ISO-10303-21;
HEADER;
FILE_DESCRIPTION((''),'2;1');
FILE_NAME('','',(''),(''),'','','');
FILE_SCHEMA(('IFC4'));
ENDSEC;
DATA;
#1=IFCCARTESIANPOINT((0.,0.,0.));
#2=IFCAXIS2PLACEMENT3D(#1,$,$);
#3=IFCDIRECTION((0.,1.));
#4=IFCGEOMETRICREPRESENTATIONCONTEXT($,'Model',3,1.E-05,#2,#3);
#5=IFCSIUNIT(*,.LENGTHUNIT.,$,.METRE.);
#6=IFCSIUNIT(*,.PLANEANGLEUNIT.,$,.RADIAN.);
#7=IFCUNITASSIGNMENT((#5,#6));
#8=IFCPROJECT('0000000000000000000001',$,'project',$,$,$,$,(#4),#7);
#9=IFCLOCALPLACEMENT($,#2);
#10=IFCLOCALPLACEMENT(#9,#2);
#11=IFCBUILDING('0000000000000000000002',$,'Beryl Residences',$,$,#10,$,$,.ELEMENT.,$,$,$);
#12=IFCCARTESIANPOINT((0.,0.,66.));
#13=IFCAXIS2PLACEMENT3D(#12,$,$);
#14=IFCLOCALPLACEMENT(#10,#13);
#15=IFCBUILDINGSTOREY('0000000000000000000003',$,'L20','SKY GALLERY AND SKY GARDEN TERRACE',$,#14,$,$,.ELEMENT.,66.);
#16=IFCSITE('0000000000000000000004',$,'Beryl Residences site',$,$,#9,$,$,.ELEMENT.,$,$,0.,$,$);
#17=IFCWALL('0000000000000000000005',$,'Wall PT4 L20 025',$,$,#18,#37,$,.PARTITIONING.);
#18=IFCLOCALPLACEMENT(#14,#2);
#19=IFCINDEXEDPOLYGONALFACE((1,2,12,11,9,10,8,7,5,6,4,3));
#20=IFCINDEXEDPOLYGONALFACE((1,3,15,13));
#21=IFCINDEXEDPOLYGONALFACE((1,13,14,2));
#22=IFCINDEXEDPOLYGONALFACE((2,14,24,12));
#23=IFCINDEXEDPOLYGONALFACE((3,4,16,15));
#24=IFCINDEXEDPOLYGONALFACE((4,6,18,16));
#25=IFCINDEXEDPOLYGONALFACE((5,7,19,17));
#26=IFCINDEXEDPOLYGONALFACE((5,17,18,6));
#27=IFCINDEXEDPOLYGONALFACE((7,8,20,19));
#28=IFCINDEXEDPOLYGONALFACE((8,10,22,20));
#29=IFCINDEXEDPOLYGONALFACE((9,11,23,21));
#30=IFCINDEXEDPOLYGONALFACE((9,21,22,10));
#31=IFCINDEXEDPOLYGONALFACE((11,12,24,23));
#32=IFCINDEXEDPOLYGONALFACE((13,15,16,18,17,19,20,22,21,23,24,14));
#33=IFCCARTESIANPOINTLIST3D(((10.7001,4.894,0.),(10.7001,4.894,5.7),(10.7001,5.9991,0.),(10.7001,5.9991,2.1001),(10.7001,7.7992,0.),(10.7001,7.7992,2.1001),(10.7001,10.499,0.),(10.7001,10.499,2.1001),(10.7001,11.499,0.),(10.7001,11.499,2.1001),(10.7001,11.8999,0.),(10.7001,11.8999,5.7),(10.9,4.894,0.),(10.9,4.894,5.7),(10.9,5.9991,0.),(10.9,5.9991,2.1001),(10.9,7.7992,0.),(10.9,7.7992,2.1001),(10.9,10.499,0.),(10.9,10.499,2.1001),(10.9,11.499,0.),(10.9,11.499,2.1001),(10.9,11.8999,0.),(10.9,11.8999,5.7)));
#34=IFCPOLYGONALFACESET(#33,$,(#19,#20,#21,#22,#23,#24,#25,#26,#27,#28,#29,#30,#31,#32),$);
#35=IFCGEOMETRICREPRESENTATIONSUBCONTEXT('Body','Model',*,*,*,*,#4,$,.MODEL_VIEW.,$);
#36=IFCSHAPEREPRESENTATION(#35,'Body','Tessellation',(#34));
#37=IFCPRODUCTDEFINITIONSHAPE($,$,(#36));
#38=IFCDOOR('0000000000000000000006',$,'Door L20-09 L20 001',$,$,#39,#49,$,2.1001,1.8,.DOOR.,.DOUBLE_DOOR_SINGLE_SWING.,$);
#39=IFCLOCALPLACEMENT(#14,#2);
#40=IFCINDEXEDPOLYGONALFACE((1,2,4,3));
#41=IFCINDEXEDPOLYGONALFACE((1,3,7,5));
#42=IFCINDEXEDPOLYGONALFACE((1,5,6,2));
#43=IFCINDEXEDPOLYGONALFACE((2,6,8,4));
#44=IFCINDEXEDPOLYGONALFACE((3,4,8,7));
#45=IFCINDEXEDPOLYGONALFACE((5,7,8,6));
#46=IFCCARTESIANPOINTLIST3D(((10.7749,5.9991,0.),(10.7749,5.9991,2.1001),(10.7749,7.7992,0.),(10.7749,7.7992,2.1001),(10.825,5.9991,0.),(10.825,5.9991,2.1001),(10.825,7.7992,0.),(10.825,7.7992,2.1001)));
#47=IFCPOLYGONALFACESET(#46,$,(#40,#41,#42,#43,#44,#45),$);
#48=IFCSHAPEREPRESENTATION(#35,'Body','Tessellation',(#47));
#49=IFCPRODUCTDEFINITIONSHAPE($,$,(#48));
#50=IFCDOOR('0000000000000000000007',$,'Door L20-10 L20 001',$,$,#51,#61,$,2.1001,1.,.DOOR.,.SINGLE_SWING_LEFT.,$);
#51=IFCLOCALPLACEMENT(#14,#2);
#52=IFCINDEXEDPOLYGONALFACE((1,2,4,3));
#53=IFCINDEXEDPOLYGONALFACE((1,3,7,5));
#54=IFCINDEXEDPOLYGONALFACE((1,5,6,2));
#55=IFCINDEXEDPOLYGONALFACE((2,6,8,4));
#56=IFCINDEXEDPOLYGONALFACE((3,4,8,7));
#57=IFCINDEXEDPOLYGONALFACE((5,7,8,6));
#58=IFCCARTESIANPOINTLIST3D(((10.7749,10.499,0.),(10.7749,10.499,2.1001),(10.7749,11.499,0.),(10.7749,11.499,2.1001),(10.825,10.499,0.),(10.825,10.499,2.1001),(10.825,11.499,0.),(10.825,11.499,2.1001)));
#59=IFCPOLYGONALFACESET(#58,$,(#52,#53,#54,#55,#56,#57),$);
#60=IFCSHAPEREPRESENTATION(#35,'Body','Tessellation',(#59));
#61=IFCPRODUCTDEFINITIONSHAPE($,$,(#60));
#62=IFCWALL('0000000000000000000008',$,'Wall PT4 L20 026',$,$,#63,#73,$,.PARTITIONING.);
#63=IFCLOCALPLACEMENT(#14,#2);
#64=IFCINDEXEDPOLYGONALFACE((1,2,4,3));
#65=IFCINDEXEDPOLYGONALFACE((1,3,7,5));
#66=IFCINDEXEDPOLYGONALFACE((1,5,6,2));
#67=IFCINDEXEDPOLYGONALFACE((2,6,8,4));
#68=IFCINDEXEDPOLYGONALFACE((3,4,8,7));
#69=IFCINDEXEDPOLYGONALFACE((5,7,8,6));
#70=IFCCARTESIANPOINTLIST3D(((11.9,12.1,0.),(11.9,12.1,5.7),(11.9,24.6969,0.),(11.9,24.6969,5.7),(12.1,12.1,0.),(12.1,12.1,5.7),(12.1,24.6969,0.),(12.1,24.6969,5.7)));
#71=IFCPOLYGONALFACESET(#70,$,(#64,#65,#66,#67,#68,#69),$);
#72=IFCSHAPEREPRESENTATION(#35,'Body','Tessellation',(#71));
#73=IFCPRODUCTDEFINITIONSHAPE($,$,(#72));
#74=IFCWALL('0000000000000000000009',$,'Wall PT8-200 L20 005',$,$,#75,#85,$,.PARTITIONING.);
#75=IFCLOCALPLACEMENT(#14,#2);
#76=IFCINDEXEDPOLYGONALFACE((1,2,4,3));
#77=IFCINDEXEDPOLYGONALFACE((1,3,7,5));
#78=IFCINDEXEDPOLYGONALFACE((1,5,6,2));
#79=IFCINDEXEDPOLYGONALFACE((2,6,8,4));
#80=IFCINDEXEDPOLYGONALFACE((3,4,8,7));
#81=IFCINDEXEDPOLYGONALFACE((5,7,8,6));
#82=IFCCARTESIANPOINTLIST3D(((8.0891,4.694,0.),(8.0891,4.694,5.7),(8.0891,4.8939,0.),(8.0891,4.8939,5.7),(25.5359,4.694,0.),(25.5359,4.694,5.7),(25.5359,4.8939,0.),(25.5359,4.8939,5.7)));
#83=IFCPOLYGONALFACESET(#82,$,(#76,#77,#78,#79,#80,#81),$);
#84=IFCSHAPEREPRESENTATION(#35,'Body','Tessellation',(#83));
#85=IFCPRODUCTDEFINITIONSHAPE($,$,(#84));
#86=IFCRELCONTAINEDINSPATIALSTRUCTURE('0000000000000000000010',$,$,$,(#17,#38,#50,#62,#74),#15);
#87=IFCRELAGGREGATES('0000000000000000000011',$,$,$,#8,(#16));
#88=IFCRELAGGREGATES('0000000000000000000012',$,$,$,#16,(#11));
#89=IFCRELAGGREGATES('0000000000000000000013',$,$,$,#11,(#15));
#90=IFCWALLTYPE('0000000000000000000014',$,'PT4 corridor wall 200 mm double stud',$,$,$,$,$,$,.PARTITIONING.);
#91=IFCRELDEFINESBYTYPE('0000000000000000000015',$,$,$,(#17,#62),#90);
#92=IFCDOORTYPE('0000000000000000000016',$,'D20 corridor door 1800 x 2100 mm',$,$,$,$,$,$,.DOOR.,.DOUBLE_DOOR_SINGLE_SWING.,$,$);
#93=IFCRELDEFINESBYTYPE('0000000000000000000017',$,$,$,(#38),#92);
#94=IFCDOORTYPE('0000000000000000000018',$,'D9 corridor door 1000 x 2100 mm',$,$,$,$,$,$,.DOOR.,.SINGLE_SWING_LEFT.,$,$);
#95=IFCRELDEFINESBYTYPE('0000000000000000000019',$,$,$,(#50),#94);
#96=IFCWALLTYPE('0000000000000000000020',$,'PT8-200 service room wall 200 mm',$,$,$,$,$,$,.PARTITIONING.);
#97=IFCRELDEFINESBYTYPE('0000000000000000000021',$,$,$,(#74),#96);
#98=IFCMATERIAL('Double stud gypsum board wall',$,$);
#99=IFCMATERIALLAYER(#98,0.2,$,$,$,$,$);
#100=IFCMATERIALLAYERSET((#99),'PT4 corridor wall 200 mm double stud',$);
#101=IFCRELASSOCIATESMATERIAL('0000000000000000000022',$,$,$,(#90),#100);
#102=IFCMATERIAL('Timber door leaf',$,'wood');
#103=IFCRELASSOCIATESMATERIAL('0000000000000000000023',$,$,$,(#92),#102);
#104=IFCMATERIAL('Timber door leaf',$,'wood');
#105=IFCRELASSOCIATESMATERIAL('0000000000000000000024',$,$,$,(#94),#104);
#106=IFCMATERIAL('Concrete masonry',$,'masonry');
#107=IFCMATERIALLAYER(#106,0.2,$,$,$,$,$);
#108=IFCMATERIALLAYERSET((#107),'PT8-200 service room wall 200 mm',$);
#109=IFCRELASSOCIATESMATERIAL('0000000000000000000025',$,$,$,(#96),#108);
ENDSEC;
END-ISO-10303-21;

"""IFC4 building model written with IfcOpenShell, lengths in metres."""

from ifc_helpers import new_model, si_unit, direction, frame, frame_2d, origin, place, context, subcontext, project, spatial, rectangle, extrude, material, layer, layer_set, type_object, element, fill, save


model = new_model("IFC4")

# Units and contexts
model_context = context("Model", 3, precision=1e-05, world=origin(), true_north=direction((0.0, 1.0)))
body_context = subcontext(model_context, "Body", "Model", "MODEL_VIEW")
ifc_project = project(units=[si_unit("LENGTHUNIT", "METRE"), si_unit("PLANEANGLEUNIT", "RADIAN")], contexts=[model_context])

# Site, building, storey
site_placement = place(None, origin())
site = spatial("IfcSite", under=ifc_project, at=site_placement, Name="Beryl Residences site", CompositionType="ELEMENT", RefElevation=0.0)
building_placement = place(site_placement, origin())
building = spatial("IfcBuilding", under=site, at=building_placement, Name="Beryl Residences", CompositionType="ELEMENT")
storey_placement = place(building_placement, frame((0.0, 0.0, 66.0)))
storey = spatial("IfcBuildingStorey", under=building, at=storey_placement, Name="L20", Description="SKY GALLERY AND SKY GARDEN TERRACE", CompositionType="ELEMENT", Elevation=66.0)

# Shared definitions
ifc_material_1 = material(Name="Double stud gypsum board wall")
ifc_layer_1 = layer(ifc_material_1, 0.2)
ifc_layer_set_1 = layer_set([ifc_layer_1], Name="PT4 corridor wall 200 mm double stud")
wall_type_1 = type_object("IfcWallType", Name="PT4 corridor wall 200 mm double stud", PredefinedType="PARTITIONING", material=ifc_layer_set_1)

# Wall, openings, doors
wall_1_placement = place(storey_placement, frame((10.8, 4.894, 0.0), z_axis=(0.0, 0.0, 1.0), x_axis=(0.0, 1.0, 0.0)))
wall_1 = element("IfcWall", 1, at=wall_1_placement, inside=storey, type_object=wall_type_1, Name="Wall PT4 L20 025", PredefinedType="PARTITIONING", context=body_context, shape_type="SweptSolid", body=[
    extrude(rectangle(XDim=7.0059, YDim=0.2, at=frame_2d((3.5029, 0.0))), origin(), (0.0, 0.0, 1.0), 5.7),
])
opening_1_placement = place(wall_1_placement, frame((2.905, 0.0, 0.0), z_axis=(0.0, 0.0, 1.0), x_axis=(-1.0, 0.0, 0.0)))
opening_1 = element("IfcOpeningElement", 2, at=opening_1_placement, cuts=wall_1, PredefinedType="OPENING", context=body_context, shape_type="SweptSolid", body=[
    extrude(rectangle(XDim=1.8, YDim=2.1001, at=frame_2d((0.8999, 1.05))), frame((0.0, 0.1099, 0.0), z_axis=(0.0, -1.0, 0.0), x_axis=(1.0, 0.0, 0.0)), (0.0, 0.0, 1.0), 0.22),
])
opening_2_placement = place(wall_1_placement, frame((6.605, 0.0, 0.0), z_axis=(0.0, 0.0, 1.0), x_axis=(-1.0, 0.0, 0.0)))
opening_2 = element("IfcOpeningElement", 3, at=opening_2_placement, cuts=wall_1, PredefinedType="OPENING", context=body_context, shape_type="SweptSolid", body=[
    extrude(rectangle(XDim=1.0, YDim=2.1001, at=frame_2d((0.5, 1.05))), frame((0.0, 0.1099, 0.0), z_axis=(0.0, -1.0, 0.0), x_axis=(1.0, 0.0, 0.0)), (0.0, 0.0, 1.0), 0.22),
])
ifc_material_2 = material(Name="Timber door leaf", Category="wood")
door_type_1 = type_object("IfcDoorType", Name="D20 corridor door 1800 x 2100 mm", OperationType="DOUBLE_DOOR_SINGLE_SWING", PredefinedType="DOOR", material=ifc_material_2)
door_1_placement = place(opening_1_placement, origin())
door_1 = element("IfcDoor", 4, at=door_1_placement, inside=storey, type_object=door_type_1, Name="Door L20-09 L20 001", OperationType="DOUBLE_DOOR_SINGLE_SWING", OverallHeight=2.1001, OverallWidth=1.8, PredefinedType="DOOR", context=body_context, shape_type="SweptSolid", body=[
    extrude(rectangle(XDim=1.8, YDim=2.1001, at=frame_2d((0.8999, 1.05))), frame((0.0, 0.0249, 0.0), z_axis=(0.0, -1.0, 0.0), x_axis=(1.0, 0.0, 0.0)), (0.0, 0.0, 1.0), 0.05),
])
fill(opening_1, door_1)
ifc_material_3 = material(Name="Timber door leaf", Category="wood")
door_type_2 = type_object("IfcDoorType", Name="D9 corridor door 1000 x 2100 mm", OperationType="SINGLE_SWING_LEFT", PredefinedType="DOOR", material=ifc_material_3)
door_2_placement = place(opening_2_placement, origin())
door_2 = element("IfcDoor", 5, at=door_2_placement, inside=storey, type_object=door_type_2, Name="Door L20-10 L20 001", OperationType="SINGLE_SWING_LEFT", OverallHeight=2.1001, OverallWidth=1.0, PredefinedType="DOOR", context=body_context, shape_type="SweptSolid", body=[
    extrude(rectangle(XDim=1.0, YDim=2.1001, at=frame_2d((0.5, 1.05))), frame((0.0, 0.0249, 0.0), z_axis=(0.0, -1.0, 0.0), x_axis=(1.0, 0.0, 0.0)), (0.0, 0.0, 1.0), 0.05),
])
fill(opening_2, door_2)

# Walls
wall_2_placement = place(storey_placement, frame((12.0, 12.1001, 0.0), z_axis=(0.0, 0.0, 1.0), x_axis=(0.0, 1.0, 0.0)))
element("IfcWall", 6, at=wall_2_placement, inside=storey, type_object=wall_type_1, Name="Wall PT4 L20 026", PredefinedType="PARTITIONING", context=body_context, shape_type="SweptSolid", body=[
    extrude(rectangle(XDim=12.5969, YDim=0.2, at=frame_2d((6.2983, 0.0))), origin(), (0.0, 0.0, 1.0), 5.7),
])
ifc_material_4 = material(Name="Concrete masonry", Category="masonry")
ifc_layer_2 = layer(ifc_material_4, 0.2)
ifc_layer_set_2 = layer_set([ifc_layer_2], Name="PT8-200 service room wall 200 mm")
wall_type_2 = type_object("IfcWallType", Name="PT8-200 service room wall 200 mm", PredefinedType="PARTITIONING", material=ifc_layer_set_2)
wall_3_placement = place(storey_placement, frame((8.0891, 4.7939, 0.0), z_axis=(0.0, 0.0, 1.0), x_axis=(1.0, 0.0, 0.0)))
element("IfcWall", 7, at=wall_3_placement, inside=storey, type_object=wall_type_2, Name="Wall PT8-200 L20 005", PredefinedType="PARTITIONING", context=body_context, shape_type="SweptSolid", body=[
    extrude(rectangle(XDim=17.4468, YDim=0.2, at=frame_2d((8.7234, 0.0))), origin(), (0.0, 0.0, 1.0), 5.7),
])

save(model, "model.ifc")
